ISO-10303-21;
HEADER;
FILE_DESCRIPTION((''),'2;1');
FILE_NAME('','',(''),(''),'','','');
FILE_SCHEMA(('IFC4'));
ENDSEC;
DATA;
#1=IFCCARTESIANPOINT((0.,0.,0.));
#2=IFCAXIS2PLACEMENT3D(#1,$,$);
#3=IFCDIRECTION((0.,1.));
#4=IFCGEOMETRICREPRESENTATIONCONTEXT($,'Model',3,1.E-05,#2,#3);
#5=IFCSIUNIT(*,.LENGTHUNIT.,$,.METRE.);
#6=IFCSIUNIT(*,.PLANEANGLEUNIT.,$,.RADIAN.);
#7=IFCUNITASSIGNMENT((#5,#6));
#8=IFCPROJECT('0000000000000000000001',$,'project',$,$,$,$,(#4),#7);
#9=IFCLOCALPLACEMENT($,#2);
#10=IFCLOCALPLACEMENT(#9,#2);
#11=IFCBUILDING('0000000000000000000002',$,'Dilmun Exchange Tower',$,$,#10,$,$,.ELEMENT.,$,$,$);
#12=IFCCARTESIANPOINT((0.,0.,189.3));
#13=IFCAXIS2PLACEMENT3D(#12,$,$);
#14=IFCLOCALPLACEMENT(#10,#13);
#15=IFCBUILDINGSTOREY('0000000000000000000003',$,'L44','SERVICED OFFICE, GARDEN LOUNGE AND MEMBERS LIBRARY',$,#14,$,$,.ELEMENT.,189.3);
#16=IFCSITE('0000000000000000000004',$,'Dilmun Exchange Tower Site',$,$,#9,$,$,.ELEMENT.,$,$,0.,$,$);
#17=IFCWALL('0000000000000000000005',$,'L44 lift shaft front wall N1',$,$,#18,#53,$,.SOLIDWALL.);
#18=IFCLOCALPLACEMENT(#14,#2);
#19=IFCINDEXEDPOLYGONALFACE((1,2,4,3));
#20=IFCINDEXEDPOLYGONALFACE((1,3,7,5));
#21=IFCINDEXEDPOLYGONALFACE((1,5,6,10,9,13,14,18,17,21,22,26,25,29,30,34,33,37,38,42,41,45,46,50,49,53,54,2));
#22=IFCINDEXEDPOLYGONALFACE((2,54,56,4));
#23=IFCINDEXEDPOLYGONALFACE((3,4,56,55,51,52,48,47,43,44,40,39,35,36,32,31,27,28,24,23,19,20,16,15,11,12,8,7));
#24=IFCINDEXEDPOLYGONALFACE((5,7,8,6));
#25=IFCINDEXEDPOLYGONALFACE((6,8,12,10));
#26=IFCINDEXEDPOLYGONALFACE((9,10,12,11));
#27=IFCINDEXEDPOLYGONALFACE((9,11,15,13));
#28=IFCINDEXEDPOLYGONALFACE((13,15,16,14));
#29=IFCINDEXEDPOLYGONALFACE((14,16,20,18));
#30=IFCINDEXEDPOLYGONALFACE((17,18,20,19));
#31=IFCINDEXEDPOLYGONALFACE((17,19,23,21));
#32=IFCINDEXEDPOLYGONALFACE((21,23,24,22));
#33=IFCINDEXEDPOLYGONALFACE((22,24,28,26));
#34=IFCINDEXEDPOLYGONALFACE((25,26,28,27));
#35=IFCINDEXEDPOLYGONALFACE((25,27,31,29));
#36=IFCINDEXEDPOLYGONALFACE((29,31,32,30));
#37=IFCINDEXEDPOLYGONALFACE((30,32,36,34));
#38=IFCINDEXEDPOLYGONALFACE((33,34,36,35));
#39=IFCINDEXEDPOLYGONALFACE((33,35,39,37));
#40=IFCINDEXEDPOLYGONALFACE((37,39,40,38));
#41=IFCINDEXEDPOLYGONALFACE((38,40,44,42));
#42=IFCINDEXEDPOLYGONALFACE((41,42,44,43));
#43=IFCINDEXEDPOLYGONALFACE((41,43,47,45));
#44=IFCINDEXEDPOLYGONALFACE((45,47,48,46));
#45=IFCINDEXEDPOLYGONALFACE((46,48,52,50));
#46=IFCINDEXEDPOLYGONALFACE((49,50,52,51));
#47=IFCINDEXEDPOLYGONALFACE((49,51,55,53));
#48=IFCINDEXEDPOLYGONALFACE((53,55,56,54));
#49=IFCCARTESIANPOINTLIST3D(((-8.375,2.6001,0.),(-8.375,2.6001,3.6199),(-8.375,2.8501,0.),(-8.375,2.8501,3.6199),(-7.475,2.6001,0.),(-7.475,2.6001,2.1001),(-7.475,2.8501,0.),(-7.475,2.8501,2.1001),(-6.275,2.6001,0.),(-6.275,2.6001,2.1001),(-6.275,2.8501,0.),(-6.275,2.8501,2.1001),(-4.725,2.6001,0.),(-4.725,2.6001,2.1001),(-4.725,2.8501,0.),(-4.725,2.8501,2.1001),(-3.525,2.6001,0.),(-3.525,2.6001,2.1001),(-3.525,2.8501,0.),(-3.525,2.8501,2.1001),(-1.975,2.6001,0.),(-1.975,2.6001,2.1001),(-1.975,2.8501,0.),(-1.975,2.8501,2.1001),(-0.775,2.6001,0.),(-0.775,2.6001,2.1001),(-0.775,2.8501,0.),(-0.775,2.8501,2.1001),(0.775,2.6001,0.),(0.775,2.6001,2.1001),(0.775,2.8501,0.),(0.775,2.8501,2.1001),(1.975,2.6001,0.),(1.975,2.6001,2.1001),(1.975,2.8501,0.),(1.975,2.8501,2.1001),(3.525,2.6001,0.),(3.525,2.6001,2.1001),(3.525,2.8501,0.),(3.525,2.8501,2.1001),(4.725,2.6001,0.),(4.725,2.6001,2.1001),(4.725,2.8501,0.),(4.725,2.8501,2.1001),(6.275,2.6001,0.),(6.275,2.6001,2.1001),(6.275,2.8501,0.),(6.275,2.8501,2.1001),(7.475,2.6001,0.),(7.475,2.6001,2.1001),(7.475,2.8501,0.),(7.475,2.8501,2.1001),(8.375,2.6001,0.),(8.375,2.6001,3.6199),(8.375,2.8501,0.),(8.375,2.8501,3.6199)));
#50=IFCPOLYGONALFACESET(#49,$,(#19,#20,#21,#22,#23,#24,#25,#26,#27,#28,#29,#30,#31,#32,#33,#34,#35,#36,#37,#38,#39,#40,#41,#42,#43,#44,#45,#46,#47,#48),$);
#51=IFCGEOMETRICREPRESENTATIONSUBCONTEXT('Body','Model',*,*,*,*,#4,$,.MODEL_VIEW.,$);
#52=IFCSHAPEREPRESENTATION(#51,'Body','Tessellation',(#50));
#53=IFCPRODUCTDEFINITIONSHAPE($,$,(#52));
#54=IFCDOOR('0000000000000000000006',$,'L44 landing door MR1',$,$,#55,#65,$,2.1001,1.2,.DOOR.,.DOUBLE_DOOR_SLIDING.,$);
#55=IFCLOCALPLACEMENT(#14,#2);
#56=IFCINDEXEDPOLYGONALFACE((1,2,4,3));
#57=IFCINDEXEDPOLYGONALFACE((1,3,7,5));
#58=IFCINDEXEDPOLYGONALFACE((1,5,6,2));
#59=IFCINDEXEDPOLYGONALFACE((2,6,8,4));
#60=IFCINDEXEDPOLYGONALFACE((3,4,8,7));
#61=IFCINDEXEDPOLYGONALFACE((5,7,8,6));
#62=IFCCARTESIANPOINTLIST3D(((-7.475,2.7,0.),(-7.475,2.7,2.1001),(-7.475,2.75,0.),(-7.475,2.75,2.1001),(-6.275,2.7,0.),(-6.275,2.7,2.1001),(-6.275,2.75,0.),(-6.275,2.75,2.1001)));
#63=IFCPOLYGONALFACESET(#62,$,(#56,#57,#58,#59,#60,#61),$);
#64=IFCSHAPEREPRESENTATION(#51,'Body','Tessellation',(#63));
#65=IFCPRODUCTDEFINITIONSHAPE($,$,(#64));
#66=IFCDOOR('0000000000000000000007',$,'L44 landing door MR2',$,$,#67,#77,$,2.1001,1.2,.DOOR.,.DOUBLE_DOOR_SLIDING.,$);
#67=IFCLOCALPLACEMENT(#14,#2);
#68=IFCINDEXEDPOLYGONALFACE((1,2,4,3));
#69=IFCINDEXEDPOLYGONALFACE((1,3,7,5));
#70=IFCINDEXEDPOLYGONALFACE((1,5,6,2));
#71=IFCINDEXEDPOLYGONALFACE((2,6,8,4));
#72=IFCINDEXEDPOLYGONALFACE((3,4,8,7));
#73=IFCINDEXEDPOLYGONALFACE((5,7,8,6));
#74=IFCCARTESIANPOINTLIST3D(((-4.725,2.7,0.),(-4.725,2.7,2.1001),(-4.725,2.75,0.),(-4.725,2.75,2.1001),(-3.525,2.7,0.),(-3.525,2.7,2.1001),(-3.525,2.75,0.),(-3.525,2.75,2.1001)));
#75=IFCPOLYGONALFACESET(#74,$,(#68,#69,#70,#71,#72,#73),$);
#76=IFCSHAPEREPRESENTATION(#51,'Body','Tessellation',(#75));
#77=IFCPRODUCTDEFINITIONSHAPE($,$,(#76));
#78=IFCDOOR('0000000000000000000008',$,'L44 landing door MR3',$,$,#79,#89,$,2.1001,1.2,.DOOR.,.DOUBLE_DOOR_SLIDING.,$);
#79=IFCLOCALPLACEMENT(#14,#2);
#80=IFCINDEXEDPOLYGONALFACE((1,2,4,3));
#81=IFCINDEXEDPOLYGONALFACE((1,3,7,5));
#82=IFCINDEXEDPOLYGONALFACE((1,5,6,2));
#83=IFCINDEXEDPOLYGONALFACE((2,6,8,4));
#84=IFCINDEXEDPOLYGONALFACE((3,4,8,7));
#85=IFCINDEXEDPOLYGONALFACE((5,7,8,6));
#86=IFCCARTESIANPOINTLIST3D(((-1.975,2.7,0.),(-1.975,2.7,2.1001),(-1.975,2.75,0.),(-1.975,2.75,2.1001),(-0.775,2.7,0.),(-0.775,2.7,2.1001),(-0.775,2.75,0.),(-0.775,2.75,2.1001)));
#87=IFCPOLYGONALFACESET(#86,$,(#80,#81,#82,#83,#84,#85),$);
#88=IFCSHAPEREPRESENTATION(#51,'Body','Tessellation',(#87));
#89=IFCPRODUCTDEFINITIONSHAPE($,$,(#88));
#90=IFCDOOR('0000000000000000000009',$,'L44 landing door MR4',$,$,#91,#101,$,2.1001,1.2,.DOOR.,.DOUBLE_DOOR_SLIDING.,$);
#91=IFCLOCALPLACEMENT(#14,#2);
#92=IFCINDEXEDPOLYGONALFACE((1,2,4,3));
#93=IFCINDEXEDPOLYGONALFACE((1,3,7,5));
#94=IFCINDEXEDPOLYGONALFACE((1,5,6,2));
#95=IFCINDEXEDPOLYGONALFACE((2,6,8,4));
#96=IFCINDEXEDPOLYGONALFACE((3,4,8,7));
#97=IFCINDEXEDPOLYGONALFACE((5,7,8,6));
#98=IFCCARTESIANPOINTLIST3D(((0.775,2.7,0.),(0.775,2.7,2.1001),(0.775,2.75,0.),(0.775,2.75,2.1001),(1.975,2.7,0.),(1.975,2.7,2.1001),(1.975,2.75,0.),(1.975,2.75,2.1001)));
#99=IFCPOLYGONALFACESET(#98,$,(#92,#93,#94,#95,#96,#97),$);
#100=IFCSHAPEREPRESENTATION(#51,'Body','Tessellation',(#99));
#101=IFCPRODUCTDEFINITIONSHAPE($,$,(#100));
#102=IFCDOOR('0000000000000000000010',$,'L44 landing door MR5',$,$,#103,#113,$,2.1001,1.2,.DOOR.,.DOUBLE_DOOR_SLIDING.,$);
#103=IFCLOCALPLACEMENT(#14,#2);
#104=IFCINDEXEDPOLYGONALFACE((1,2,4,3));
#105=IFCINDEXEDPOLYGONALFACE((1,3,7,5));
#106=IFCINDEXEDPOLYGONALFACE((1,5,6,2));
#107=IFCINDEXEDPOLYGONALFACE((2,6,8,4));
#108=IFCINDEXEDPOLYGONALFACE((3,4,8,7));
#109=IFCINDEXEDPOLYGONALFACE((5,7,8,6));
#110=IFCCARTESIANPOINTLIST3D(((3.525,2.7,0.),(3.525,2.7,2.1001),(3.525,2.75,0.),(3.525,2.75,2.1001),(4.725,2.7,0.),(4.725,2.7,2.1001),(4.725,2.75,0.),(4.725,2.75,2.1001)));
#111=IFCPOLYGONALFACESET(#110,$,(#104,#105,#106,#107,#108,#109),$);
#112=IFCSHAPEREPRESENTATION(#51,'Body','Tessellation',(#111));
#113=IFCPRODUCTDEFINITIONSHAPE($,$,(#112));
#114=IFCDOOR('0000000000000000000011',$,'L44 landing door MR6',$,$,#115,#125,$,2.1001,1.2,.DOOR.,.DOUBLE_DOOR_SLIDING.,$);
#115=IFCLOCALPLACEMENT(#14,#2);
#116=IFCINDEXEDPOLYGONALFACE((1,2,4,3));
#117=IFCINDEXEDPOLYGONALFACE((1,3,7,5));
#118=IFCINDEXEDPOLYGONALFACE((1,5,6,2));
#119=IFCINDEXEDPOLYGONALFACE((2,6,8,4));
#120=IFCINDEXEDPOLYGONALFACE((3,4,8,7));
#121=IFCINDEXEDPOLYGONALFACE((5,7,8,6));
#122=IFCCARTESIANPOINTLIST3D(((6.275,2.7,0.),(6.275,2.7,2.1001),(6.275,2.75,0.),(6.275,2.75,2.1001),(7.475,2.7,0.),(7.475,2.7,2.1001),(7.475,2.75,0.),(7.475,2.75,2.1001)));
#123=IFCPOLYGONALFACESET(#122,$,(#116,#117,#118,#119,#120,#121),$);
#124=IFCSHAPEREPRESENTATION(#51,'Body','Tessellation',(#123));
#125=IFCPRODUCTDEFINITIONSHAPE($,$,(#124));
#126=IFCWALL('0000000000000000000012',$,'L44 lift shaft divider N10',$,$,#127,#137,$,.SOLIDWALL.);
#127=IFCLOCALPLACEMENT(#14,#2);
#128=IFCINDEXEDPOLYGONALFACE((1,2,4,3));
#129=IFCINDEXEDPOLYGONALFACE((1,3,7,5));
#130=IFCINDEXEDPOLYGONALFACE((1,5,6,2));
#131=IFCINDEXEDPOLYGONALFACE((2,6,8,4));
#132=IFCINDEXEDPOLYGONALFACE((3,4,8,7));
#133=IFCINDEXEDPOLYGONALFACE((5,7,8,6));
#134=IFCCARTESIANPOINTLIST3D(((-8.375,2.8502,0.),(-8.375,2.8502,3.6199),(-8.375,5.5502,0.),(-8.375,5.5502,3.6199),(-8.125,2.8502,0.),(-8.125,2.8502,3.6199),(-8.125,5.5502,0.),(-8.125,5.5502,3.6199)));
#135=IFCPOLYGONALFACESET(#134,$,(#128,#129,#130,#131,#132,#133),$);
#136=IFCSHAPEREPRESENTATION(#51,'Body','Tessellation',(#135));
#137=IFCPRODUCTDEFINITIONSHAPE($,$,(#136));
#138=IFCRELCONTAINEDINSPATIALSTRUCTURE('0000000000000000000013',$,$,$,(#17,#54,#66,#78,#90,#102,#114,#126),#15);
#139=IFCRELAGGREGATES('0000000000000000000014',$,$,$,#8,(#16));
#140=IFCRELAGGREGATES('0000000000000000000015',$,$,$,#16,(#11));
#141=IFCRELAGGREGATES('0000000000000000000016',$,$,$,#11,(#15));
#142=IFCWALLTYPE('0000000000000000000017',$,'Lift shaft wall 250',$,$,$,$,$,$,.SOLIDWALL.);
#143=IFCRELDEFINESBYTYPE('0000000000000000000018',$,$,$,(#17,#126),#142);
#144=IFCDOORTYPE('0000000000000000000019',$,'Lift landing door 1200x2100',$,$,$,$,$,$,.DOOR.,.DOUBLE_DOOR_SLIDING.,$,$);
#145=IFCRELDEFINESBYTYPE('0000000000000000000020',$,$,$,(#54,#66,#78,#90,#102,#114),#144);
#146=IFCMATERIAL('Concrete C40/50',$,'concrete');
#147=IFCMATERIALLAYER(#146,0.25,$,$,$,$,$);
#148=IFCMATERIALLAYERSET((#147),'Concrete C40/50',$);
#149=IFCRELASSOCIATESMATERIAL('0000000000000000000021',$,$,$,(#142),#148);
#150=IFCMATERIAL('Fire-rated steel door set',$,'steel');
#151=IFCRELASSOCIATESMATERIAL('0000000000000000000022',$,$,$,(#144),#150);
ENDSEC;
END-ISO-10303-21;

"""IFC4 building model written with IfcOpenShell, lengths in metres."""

from ifc_helpers import new_model, si_unit, direction, frame, frame_2d, origin, place, context, subcontext, project, spatial, rectangle, extrude, material, layer, layer_set, type_object, element, fill, save


model = new_model("IFC4")

# Units and contexts
model_context = context("Model", 3, precision=1e-05, world=origin(), true_north=direction((0.0, 1.0)))
body_context = subcontext(model_context, "Body", "Model", "MODEL_VIEW")
ifc_project = project(units=[si_unit("LENGTHUNIT", "METRE"), si_unit("PLANEANGLEUNIT", "RADIAN")], contexts=[model_context])

# Site, building, storey
site_placement = place(None, origin())
site = spatial("IfcSite", under=ifc_project, at=site_placement, Name="Dilmun Exchange Tower Site", CompositionType="ELEMENT", RefElevation=0.0)
building_placement = place(site_placement, origin())
building = spatial("IfcBuilding", under=site, at=building_placement, Name="Dilmun Exchange Tower", CompositionType="ELEMENT")
storey_placement = place(building_placement, frame((0.0, 0.0, 189.3)))
storey = spatial("IfcBuildingStorey", under=building, at=storey_placement, Name="L44", Description="SERVICED OFFICE, GARDEN LOUNGE AND MEMBERS LIBRARY", CompositionType="ELEMENT", Elevation=189.3)

# Shared definitions
ifc_material_1 = material(Name="Concrete C40/50", Category="concrete")

# Shared definitions
ifc_material_2 = material(Name="Fire-rated steel door set", Category="steel")

# Wall, openings, doors
ifc_layer_1 = layer(ifc_material_1, 0.25)
ifc_layer_set_1 = layer_set([ifc_layer_1], Name="Concrete C40/50")
wall_type_1 = type_object("IfcWallType", Name="Lift shaft wall 250", PredefinedType="SOLIDWALL", material=ifc_layer_set_1)
wall_1_placement = place(storey_placement, frame((-8.375, 2.7251, 0.0), z_axis=(0.0, 0.0, 1.0), x_axis=(1.0, 0.0, 0.0)))
wall_1 = element("IfcWall", 1, at=wall_1_placement, inside=storey, type_object=wall_type_1, Name="L44 lift shaft front wall N1", PredefinedType="SOLIDWALL", context=body_context, shape_type="SweptSolid", body=[
    extrude(rectangle(XDim=16.75, YDim=0.25, at=frame_2d((8.375, 0.0))), origin(), (0.0, 0.0, 1.0), 3.6199),
])
opening_1_placement = place(wall_1_placement, frame((0.8999, 0.0, 0.0)))
opening_1 = element("IfcOpeningElement", 2, at=opening_1_placement, cuts=wall_1, PredefinedType="OPENING", context=body_context, shape_type="SweptSolid", body=[
    extrude(rectangle(XDim=1.2, YDim=2.1001, at=frame_2d((0.6001, 1.05))), frame((0.0, 0.135, 0.0), z_axis=(0.0, -1.0, 0.0), x_axis=(1.0, 0.0, 0.0)), (0.0, 0.0, 1.0), 0.27),
])
opening_2_placement = place(wall_1_placement, frame((3.6499, 0.0, 0.0)))
opening_2 = element("IfcOpeningElement", 3, at=opening_2_placement, cuts=wall_1, PredefinedType="OPENING", context=body_context, shape_type="SweptSolid", body=[
    extrude(rectangle(XDim=1.2, YDim=2.1001, at=frame_2d((0.6001, 1.05))), frame((0.0, 0.135, 0.0), z_axis=(0.0, -1.0, 0.0), x_axis=(1.0, 0.0, 0.0)), (0.0, 0.0, 1.0), 0.27),
])
opening_3_placement = place(wall_1_placement, frame((6.3999, 0.0, 0.0)))
opening_3 = element("IfcOpeningElement", 4, at=opening_3_placement, cuts=wall_1, PredefinedType="OPENING", context=body_context, shape_type="SweptSolid", body=[
    extrude(rectangle(XDim=1.2, YDim=2.1001, at=frame_2d((0.6001, 1.05))), frame((0.0, 0.135, 0.0), z_axis=(0.0, -1.0, 0.0), x_axis=(1.0, 0.0, 0.0)), (0.0, 0.0, 1.0), 0.27),
])
opening_4_placement = place(wall_1_placement, frame((9.1499, 0.0, 0.0)))
opening_4 = element("IfcOpeningElement", 5, at=opening_4_placement, cuts=wall_1, PredefinedType="OPENING", context=body_context, shape_type="SweptSolid", body=[
    extrude(rectangle(XDim=1.2, YDim=2.1001, at=frame_2d((0.6001, 1.05))), frame((0.0, 0.135, 0.0), z_axis=(0.0, -1.0, 0.0), x_axis=(1.0, 0.0, 0.0)), (0.0, 0.0, 1.0), 0.27),
])
opening_5_placement = place(wall_1_placement, frame((11.8999, 0.0, 0.0)))
opening_5 = element("IfcOpeningElement", 6, at=opening_5_placement, cuts=wall_1, PredefinedType="OPENING", context=body_context, shape_type="SweptSolid", body=[
    extrude(rectangle(XDim=1.2, YDim=2.1001, at=frame_2d((0.6001, 1.05))), frame((0.0, 0.135, 0.0), z_axis=(0.0, -1.0, 0.0), x_axis=(1.0, 0.0, 0.0)), (0.0, 0.0, 1.0), 0.27),
])
opening_6_placement = place(wall_1_placement, frame((14.6499, 0.0, 0.0)))
opening_6 = element("IfcOpeningElement", 7, at=opening_6_placement, cuts=wall_1, PredefinedType="OPENING", context=body_context, shape_type="SweptSolid", body=[
    extrude(rectangle(XDim=1.2, YDim=2.1001, at=frame_2d((0.6001, 1.05))), frame((0.0, 0.135, 0.0), z_axis=(0.0, -1.0, 0.0), x_axis=(1.0, 0.0, 0.0)), (0.0, 0.0, 1.0), 0.27),
])
door_type_1 = type_object("IfcDoorType", Name="Lift landing door 1200x2100", OperationType="DOUBLE_DOOR_SLIDING", PredefinedType="DOOR", material=ifc_material_2)
door_1_placement = place(opening_1_placement, origin())
door_1 = element("IfcDoor", 8, at=door_1_placement, inside=storey, type_object=door_type_1, Name="L44 landing door MR1", OperationType="DOUBLE_DOOR_SLIDING", OverallHeight=2.1001, OverallWidth=1.2, PredefinedType="DOOR", context=body_context, shape_type="SweptSolid", body=[
    extrude(rectangle(XDim=1.2, YDim=2.1001, at=frame_2d((0.6001, 1.05))), frame((0.0, 0.0249, 0.0), z_axis=(0.0, -1.0, 0.0), x_axis=(1.0, 0.0, 0.0)), (0.0, 0.0, 1.0), 0.05),
])
fill(opening_1, door_1)
door_2_placement = place(opening_2_placement, origin())
door_2 = element("IfcDoor", 9, at=door_2_placement, inside=storey, type_object=door_type_1, Name="L44 landing door MR2", OperationType="DOUBLE_DOOR_SLIDING", OverallHeight=2.1001, OverallWidth=1.2, PredefinedType="DOOR", context=body_context, shape_type="SweptSolid", body=[
    extrude(rectangle(XDim=1.2, YDim=2.1001, at=frame_2d((0.6001, 1.05))), frame((0.0, 0.0249, 0.0), z_axis=(0.0, -1.0, 0.0), x_axis=(1.0, 0.0, 0.0)), (0.0, 0.0, 1.0), 0.05),
])
fill(opening_2, door_2)
door_3_placement = place(opening_3_placement, origin())
door_3 = element("IfcDoor", 10, at=door_3_placement, inside=storey, type_object=door_type_1, Name="L44 landing door MR3", OperationType="DOUBLE_DOOR_SLIDING", OverallHeight=2.1001, OverallWidth=1.2, PredefinedType="DOOR", context=body_context, shape_type="SweptSolid", body=[
    extrude(rectangle(XDim=1.2, YDim=2.1001, at=frame_2d((0.6001, 1.05))), frame((0.0, 0.0249, 0.0), z_axis=(0.0, -1.0, 0.0), x_axis=(1.0, 0.0, 0.0)), (0.0, 0.0, 1.0), 0.05),
])
fill(opening_3, door_3)
door_4_placement = place(opening_4_placement, origin())
door_4 = element("IfcDoor", 11, at=door_4_placement, inside=storey, type_object=door_type_1, Name="L44 landing door MR4", OperationType="DOUBLE_DOOR_SLIDING", OverallHeight=2.1001, OverallWidth=1.2, PredefinedType="DOOR", context=body_context, shape_type="SweptSolid", body=[
    extrude(rectangle(XDim=1.2, YDim=2.1001, at=frame_2d((0.6001, 1.05))), frame((0.0, 0.0249, 0.0), z_axis=(0.0, -1.0, 0.0), x_axis=(1.0, 0.0, 0.0)), (0.0, 0.0, 1.0), 0.05),
])
fill(opening_4, door_4)
door_5_placement = place(opening_5_placement, origin())
door_5 = element("IfcDoor", 12, at=door_5_placement, inside=storey, type_object=door_type_1, Name="L44 landing door MR5", OperationType="DOUBLE_DOOR_SLIDING", OverallHeight=2.1001, OverallWidth=1.2, PredefinedType="DOOR", context=body_context, shape_type="SweptSolid", body=[
    extrude(rectangle(XDim=1.2, YDim=2.1001, at=frame_2d((0.6001, 1.05))), frame((0.0, 0.0249, 0.0), z_axis=(0.0, -1.0, 0.0), x_axis=(1.0, 0.0, 0.0)), (0.0, 0.0, 1.0), 0.05),
])
fill(opening_5, door_5)
door_6_placement = place(opening_6_placement, origin())
door_6 = element("IfcDoor", 13, at=door_6_placement, inside=storey, type_object=door_type_1, Name="L44 landing door MR6", OperationType="DOUBLE_DOOR_SLIDING", OverallHeight=2.1001, OverallWidth=1.2, PredefinedType="DOOR", context=body_context, shape_type="SweptSolid", body=[
    extrude(rectangle(XDim=1.2, YDim=2.1001, at=frame_2d((0.6001, 1.05))), frame((0.0, 0.0249, 0.0), z_axis=(0.0, -1.0, 0.0), x_axis=(1.0, 0.0, 0.0)), (0.0, 0.0, 1.0), 0.05),
])
fill(opening_6, door_6)

# Wall
wall_2_placement = place(storey_placement, frame((-8.25, 2.8501, 0.0), z_axis=(0.0, 0.0, 1.0), x_axis=(0.0, 1.0, 0.0)))
element("IfcWall", 14, at=wall_2_placement, inside=storey, type_object=wall_type_1, Name="L44 lift shaft divider N10", PredefinedType="SOLIDWALL", context=body_context, shape_type="SweptSolid", body=[
    extrude(rectangle(XDim=2.7, YDim=0.25, at=frame_2d((1.3501, 0.0))), origin(), (0.0, 0.0, 1.0), 3.6199),
])

save(model, "model.ifc")
